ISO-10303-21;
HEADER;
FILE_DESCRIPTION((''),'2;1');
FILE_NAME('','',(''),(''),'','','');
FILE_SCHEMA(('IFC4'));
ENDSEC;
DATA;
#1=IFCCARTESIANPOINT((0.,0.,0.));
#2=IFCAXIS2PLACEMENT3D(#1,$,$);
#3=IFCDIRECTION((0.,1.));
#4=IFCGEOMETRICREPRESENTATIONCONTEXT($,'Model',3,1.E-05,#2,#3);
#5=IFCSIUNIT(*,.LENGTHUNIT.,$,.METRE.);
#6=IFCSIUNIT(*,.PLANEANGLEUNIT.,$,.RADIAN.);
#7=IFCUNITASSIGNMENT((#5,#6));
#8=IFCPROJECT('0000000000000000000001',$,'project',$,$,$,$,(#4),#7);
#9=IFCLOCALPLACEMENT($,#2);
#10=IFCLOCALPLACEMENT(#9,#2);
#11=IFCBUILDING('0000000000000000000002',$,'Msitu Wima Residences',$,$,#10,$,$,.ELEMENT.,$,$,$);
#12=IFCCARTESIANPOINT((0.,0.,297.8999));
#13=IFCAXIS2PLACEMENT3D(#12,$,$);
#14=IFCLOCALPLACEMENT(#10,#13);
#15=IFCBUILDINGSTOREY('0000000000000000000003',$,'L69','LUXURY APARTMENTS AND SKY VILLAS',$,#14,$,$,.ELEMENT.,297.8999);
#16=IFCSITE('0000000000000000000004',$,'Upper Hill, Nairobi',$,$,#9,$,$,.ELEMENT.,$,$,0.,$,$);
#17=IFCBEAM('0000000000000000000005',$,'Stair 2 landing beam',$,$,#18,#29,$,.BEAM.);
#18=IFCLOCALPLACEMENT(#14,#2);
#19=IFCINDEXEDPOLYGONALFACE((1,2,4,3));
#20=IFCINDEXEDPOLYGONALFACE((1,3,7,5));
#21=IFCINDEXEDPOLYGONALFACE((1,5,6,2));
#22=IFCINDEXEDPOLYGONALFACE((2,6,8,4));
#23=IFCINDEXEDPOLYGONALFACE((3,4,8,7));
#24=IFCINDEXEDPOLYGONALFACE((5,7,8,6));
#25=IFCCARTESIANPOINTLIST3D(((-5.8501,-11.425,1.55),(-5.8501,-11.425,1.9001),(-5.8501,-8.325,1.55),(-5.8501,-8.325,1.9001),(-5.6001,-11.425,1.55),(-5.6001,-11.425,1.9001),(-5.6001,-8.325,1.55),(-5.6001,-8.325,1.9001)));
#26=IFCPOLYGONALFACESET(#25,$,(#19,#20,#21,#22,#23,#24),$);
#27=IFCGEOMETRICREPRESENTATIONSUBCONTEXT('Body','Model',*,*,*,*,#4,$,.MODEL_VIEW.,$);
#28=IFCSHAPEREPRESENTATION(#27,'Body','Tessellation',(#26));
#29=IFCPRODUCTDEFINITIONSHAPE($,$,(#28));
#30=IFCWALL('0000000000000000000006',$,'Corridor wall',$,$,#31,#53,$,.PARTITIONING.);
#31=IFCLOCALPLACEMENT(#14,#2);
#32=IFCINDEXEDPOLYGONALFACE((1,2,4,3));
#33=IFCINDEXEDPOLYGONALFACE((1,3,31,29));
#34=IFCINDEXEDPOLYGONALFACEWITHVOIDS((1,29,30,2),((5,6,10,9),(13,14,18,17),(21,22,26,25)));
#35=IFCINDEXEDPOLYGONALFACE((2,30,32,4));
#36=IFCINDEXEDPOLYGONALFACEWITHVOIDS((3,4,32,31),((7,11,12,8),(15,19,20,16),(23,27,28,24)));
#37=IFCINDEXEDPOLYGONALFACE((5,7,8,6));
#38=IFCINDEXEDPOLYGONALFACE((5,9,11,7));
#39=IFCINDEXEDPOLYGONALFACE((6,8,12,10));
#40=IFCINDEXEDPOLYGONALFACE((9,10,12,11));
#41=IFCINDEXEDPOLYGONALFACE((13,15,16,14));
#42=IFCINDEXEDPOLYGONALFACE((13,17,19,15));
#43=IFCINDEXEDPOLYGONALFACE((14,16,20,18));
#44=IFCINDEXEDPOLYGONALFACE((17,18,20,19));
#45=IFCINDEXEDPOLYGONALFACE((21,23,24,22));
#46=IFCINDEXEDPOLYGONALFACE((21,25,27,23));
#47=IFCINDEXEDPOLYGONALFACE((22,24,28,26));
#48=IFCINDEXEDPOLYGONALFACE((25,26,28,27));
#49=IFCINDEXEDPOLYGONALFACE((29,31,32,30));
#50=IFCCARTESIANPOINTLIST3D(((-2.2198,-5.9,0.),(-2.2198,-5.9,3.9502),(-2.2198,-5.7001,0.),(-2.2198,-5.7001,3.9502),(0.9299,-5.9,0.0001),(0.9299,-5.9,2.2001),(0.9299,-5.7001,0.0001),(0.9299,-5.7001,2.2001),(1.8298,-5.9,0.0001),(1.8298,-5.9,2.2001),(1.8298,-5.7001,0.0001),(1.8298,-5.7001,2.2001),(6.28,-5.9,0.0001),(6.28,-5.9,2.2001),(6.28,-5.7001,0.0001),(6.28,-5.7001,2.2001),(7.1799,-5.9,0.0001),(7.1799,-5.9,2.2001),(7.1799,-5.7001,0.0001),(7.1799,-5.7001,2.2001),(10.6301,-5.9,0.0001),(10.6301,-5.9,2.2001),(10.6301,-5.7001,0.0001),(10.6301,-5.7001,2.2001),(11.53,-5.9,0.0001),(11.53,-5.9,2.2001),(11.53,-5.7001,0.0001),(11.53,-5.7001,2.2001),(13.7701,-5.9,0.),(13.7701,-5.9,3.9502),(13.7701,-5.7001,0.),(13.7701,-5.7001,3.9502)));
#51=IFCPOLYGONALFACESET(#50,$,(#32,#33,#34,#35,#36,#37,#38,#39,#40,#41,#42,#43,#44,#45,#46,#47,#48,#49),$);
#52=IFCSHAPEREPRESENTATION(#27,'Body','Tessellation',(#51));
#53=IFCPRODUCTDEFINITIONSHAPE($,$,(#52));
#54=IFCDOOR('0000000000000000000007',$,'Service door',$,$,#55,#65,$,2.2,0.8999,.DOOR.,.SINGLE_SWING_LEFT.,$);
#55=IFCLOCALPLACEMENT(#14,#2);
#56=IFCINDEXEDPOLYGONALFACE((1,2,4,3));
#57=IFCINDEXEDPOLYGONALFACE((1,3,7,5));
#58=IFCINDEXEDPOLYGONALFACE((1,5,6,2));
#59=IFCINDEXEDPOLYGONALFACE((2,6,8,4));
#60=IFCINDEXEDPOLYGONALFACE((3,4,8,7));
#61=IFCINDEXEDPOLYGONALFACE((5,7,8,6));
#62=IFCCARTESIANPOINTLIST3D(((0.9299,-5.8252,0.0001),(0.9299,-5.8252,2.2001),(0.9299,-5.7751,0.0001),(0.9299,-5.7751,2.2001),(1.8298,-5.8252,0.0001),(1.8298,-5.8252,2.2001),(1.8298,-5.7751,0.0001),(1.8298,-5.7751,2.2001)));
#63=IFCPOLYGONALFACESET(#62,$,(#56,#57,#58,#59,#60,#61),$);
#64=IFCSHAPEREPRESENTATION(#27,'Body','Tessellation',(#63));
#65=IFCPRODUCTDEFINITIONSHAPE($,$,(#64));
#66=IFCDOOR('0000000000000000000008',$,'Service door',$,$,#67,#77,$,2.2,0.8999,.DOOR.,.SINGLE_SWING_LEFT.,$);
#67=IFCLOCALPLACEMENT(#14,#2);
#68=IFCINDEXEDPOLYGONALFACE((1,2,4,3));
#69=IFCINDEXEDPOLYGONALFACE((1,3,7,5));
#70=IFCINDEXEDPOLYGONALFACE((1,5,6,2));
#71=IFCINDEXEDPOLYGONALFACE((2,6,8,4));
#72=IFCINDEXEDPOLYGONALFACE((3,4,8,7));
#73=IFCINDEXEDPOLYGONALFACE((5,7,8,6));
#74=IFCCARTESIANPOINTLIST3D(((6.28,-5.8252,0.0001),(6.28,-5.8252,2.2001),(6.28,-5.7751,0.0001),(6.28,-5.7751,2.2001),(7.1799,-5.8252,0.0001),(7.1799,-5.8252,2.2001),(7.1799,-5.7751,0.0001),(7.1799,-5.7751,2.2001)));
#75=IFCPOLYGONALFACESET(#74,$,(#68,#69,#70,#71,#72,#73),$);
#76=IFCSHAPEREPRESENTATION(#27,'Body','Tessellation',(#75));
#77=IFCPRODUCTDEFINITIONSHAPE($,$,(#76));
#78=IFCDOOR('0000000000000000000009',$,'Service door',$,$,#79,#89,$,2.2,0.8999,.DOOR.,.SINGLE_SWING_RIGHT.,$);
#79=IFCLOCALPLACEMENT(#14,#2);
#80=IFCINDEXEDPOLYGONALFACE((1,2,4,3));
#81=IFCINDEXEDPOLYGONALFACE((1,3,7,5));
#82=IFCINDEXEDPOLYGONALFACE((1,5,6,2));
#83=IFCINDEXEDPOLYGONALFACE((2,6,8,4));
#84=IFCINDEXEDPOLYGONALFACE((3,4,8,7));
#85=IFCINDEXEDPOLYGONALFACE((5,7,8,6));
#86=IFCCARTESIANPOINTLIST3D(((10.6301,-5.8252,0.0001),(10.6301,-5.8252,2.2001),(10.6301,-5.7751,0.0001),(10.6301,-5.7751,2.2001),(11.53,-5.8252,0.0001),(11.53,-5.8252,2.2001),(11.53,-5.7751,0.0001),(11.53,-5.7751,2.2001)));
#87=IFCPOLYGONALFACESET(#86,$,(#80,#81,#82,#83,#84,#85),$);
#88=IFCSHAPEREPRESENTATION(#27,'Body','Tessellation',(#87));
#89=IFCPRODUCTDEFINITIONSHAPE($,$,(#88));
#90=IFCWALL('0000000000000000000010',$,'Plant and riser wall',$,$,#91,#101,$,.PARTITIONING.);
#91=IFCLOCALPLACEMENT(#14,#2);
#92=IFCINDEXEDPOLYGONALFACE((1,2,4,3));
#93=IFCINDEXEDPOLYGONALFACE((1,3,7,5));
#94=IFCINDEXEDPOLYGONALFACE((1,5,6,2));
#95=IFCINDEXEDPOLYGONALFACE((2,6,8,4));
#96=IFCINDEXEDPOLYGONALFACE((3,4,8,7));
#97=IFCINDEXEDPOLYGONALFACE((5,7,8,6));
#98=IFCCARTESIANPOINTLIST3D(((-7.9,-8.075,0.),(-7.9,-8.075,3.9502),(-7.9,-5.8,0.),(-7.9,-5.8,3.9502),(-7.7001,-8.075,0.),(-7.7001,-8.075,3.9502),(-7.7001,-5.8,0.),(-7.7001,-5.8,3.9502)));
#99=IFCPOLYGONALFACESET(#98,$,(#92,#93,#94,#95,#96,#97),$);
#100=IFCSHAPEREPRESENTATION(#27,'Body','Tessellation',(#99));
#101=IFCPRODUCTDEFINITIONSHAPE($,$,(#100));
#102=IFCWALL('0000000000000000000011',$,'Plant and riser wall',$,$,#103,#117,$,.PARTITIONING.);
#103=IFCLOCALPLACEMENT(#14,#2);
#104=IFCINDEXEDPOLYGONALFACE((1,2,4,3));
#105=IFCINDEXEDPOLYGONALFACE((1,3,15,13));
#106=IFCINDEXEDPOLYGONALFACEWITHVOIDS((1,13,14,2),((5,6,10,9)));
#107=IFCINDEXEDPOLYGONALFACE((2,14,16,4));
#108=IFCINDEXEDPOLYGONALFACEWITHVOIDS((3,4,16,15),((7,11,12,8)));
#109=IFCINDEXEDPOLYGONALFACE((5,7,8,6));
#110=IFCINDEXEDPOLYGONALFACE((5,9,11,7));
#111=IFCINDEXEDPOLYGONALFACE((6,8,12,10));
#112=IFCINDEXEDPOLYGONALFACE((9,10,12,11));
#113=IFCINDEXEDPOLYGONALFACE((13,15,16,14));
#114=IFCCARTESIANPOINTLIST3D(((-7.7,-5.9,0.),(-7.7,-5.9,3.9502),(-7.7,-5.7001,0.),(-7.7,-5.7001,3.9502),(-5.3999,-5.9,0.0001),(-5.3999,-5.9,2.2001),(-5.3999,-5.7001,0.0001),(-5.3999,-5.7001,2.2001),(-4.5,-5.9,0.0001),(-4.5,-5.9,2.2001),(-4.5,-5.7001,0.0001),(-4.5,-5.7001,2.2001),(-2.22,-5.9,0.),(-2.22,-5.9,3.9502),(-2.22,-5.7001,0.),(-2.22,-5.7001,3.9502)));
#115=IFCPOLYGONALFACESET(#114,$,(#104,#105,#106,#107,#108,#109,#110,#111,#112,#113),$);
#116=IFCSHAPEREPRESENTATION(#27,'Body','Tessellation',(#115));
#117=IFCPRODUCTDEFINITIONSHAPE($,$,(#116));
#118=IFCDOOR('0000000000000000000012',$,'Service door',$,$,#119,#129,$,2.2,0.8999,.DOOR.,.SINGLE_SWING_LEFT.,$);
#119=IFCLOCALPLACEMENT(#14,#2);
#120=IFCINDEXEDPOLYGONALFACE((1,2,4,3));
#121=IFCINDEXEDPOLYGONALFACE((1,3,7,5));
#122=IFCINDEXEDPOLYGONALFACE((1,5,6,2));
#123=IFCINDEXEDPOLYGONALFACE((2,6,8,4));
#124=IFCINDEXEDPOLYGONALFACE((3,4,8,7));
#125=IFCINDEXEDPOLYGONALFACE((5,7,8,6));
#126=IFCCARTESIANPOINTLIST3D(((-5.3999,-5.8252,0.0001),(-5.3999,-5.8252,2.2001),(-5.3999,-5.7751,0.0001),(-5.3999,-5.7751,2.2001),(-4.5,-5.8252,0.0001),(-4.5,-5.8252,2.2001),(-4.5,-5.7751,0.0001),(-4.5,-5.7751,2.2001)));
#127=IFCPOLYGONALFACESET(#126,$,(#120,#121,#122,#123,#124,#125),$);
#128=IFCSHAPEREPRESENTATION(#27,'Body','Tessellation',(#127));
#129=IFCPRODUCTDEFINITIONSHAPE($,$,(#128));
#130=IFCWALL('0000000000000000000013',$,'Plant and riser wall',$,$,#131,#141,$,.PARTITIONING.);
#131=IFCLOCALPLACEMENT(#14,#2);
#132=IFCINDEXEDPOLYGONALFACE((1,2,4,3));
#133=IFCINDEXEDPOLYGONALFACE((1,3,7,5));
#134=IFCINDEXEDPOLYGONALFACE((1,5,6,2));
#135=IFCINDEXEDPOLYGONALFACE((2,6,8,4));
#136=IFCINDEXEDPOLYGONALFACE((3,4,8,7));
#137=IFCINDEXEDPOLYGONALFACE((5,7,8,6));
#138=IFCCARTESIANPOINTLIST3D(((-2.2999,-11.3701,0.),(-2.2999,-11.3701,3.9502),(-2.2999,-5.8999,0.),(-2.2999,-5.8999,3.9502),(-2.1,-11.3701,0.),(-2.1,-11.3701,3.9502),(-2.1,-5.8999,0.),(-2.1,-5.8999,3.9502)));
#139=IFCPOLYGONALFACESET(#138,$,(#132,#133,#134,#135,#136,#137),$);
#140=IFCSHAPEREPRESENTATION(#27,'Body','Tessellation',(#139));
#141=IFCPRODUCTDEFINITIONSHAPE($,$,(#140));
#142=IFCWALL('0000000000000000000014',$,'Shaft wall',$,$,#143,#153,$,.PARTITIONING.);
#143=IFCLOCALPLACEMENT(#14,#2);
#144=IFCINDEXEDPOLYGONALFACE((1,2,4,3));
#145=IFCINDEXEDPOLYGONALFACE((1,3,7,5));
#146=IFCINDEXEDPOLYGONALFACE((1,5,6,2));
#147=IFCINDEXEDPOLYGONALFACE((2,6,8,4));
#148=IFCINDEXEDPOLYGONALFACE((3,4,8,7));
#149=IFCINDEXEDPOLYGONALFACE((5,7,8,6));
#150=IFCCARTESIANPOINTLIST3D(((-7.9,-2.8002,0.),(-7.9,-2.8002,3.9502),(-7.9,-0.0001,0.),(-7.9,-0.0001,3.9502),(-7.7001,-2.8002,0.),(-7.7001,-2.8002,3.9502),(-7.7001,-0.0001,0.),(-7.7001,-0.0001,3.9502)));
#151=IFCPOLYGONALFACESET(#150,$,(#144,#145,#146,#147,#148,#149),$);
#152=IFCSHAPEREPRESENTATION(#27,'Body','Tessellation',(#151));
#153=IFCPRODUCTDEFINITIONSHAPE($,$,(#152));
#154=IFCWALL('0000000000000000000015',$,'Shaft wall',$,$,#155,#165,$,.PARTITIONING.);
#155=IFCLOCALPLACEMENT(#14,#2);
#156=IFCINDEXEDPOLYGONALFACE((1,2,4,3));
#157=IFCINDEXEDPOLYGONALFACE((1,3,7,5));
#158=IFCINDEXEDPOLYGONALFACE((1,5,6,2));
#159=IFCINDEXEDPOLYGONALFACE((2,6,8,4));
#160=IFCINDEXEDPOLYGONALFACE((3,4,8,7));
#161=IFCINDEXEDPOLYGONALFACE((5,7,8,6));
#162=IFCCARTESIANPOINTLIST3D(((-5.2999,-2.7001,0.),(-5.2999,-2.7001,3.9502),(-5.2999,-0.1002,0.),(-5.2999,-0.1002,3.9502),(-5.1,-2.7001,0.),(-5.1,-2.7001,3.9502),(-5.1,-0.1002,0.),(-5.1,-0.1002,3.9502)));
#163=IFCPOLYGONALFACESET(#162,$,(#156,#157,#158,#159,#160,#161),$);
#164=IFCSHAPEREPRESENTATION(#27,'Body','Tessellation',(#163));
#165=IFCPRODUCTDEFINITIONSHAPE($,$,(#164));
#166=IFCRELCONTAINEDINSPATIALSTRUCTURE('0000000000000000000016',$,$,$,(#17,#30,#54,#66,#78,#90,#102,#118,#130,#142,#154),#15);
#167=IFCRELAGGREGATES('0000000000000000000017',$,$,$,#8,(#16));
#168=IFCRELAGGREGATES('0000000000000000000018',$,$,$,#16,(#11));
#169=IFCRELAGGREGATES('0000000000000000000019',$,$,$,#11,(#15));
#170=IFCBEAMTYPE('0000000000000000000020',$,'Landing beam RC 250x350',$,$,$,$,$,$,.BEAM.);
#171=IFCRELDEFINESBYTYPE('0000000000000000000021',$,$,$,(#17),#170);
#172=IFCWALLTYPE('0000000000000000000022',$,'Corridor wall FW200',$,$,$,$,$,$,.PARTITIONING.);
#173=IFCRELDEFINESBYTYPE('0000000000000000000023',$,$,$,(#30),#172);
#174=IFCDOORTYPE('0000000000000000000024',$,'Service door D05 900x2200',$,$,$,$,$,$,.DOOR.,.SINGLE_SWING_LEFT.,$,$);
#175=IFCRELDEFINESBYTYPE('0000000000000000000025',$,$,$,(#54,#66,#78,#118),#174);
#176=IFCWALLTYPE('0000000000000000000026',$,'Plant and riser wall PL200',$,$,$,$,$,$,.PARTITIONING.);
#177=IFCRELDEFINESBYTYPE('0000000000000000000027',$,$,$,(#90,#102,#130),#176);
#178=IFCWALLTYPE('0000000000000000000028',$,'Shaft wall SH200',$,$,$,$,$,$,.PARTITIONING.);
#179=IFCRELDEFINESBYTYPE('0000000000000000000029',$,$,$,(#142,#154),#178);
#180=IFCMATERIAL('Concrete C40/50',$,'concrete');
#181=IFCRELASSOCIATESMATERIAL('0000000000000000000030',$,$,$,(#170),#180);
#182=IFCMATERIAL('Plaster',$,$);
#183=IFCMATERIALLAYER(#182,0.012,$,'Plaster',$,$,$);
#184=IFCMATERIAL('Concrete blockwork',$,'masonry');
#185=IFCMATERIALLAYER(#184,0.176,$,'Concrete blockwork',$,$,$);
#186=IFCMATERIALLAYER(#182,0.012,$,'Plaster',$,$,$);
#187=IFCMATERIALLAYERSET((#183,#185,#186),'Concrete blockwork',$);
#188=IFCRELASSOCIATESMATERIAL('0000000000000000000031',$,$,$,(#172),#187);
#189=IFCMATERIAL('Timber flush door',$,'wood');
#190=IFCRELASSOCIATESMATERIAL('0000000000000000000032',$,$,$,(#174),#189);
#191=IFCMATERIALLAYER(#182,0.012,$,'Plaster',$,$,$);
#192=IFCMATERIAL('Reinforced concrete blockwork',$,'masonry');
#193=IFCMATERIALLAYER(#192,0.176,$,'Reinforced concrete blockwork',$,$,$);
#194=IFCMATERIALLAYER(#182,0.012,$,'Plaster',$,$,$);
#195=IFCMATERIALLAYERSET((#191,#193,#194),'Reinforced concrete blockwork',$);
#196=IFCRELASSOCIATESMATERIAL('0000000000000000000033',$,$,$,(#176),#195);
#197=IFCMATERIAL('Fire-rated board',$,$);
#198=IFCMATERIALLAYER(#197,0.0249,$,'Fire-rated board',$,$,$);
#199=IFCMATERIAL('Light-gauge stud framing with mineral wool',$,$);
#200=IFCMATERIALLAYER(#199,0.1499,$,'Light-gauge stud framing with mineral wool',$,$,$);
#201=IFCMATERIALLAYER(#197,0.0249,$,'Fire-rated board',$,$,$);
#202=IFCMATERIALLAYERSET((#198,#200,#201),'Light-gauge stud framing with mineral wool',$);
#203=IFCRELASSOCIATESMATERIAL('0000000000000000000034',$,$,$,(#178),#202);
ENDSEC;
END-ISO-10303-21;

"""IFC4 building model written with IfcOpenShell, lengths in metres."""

from ifc_helpers import new_model, si_unit, direction, frame, frame_2d, origin, origin_2d, place, context, subcontext, project, spatial, rectangle, extrude, material, layer, layer_set, material_profile, profile_set, type_object, element, fill, save


model = new_model("IFC4")

# Units and contexts
model_context = context("Model", 3, precision=1e-05, world=origin(), true_north=direction((0.0, 1.0)))
body_context = subcontext(model_context, "Body", "Model", "MODEL_VIEW")
ifc_project = project(units=[si_unit("LENGTHUNIT", "METRE"), si_unit("PLANEANGLEUNIT", "RADIAN")], contexts=[model_context])

# Site, building, storey
site_placement = place(None, origin())
site = spatial("IfcSite", under=ifc_project, at=site_placement, Name="Upper Hill, Nairobi", CompositionType="ELEMENT", RefElevation=0.0)
building_placement = place(site_placement, origin())
building = spatial("IfcBuilding", under=site, at=building_placement, Name="Msitu Wima Residences", CompositionType="ELEMENT")
storey_placement = place(building_placement, frame((0.0, 0.0, 297.8999)))
storey = spatial("IfcBuildingStorey", under=building, at=storey_placement, Name="L69", Description="LUXURY APARTMENTS AND SKY VILLAS", CompositionType="ELEMENT", Elevation=297.8999)

# Beam
ifc_material_1 = material(Name="Concrete C40/50", Category="concrete")
ifc_material_profile = material_profile(ifc_material_1, rectangle(XDim=0.25, YDim=0.3501, at=origin_2d()), Name="RC 250x350")
ifc_profile_set = profile_set([ifc_material_profile], Name="Concrete C40/50")
beam_type = type_object("IfcBeamType", Name="Landing beam RC 250x350", PredefinedType="BEAM", material=ifc_profile_set)
beam_placement = place(storey_placement, frame((-5.7251, -11.425, 1.7251), z_axis=(0.0, 1.0, 0.0), x_axis=(-1.0, 0.0, 0.0)))
element("IfcBeam", 1, at=beam_placement, inside=storey, type_object=beam_type, Name="Stair 2 landing beam", PredefinedType="BEAM", context=body_context, shape_type="SweptSolid", body=[
    extrude(rectangle(XDim=0.25, YDim=0.3501, at=origin_2d()), origin(), (0.0, 0.0, 1.0), 3.1001),
])

# Shared definitions
ifc_material_2 = material(Name="Plaster")
ifc_layer_1 = layer(ifc_material_2, 0.012, Name="Plaster")
ifc_material_3 = material(Name="Concrete blockwork", Category="masonry")
ifc_layer_2 = layer(ifc_material_3, 0.176, Name="Concrete blockwork")
ifc_layer_3 = layer(ifc_material_2, 0.012, Name="Plaster")
ifc_layer_set_1 = layer_set([ifc_layer_1, ifc_layer_2, ifc_layer_3], Name="Concrete blockwork")
wall_type_1 = type_object("IfcWallType", Name="Corridor wall FW200", PredefinedType="PARTITIONING", material=ifc_layer_set_1)

# Wall, openings, doors
wall_1_placement = place(storey_placement, frame((-2.22, -5.8, 0.0), z_axis=(0.0, 0.0, 1.0), x_axis=(1.0, 0.0, 0.0)))
wall_1 = element("IfcWall", 2, at=wall_1_placement, inside=storey, type_object=wall_type_1, Name="Corridor wall", PredefinedType="PARTITIONING", context=body_context, shape_type="SweptSolid", body=[
    extrude(rectangle(XDim=15.99, YDim=0.2, at=frame_2d((7.9951, 0.0))), origin(), (0.0, 0.0, 1.0), 3.9502),
])
opening_1_placement = place(wall_1_placement, frame((3.1499, 0.0, 0.0)))
opening_1 = element("IfcOpeningElement", 3, at=opening_1_placement, cuts=wall_1, PredefinedType="OPENING", context=body_context, shape_type="SweptSolid", body=[
    extrude(rectangle(XDim=0.8999, YDim=2.2, at=frame_2d((0.45, 1.1001))), frame((0.0, 0.1099, 0.0), z_axis=(0.0, -1.0, 0.0), x_axis=(1.0, 0.0, 0.0)), (0.0, 0.0, 1.0), 0.22),
])
opening_2_placement = place(wall_1_placement, frame((8.5, 0.0, 0.0)))
opening_2 = element("IfcOpeningElement", 4, at=opening_2_placement, cuts=wall_1, PredefinedType="OPENING", context=body_context, shape_type="SweptSolid", body=[
    extrude(rectangle(XDim=0.8999, YDim=2.2, at=frame_2d((0.45, 1.1001))), frame((0.0, 0.1099, 0.0), z_axis=(0.0, -1.0, 0.0), x_axis=(1.0, 0.0, 0.0)), (0.0, 0.0, 1.0), 0.22),
])
opening_3_placement = place(wall_1_placement, frame((12.8501, 0.0, 0.0)))
opening_3 = element("IfcOpeningElement", 5, at=opening_3_placement, cuts=wall_1, PredefinedType="OPENING", context=body_context, shape_type="SweptSolid", body=[
    extrude(rectangle(XDim=0.8999, YDim=2.2, at=frame_2d((0.45, 1.1001))), frame((0.0, 0.1099, 0.0), z_axis=(0.0, -1.0, 0.0), x_axis=(1.0, 0.0, 0.0)), (0.0, 0.0, 1.0), 0.22),
])
ifc_material_4 = material(Name="Timber flush door", Category="wood")
door_type_1 = type_object("IfcDoorType", Name="Service door D05 900x2200", OperationType="SINGLE_SWING_LEFT", PredefinedType="DOOR", material=ifc_material_4)
door_1_placement = place(opening_1_placement, origin())
door_1 = element("IfcDoor", 6, at=door_1_placement, inside=storey, type_object=door_type_1, Name="Service door", OperationType="SINGLE_SWING_LEFT", OverallHeight=2.2, OverallWidth=0.8999, PredefinedType="DOOR", context=body_context, shape_type="SweptSolid", body=[
    extrude(rectangle(XDim=0.8999, YDim=2.2, at=frame_2d((0.45, 1.1001))), frame((0.0, 0.0249, 0.0), z_axis=(0.0, -1.0, 0.0), x_axis=(1.0, 0.0, 0.0)), (0.0, 0.0, 1.0), 0.05),
])
fill(opening_1, door_1)
door_2_placement = place(opening_2_placement, origin())
door_2 = element("IfcDoor", 7, at=door_2_placement, inside=storey, type_object=door_type_1, Name="Service door", OperationType="SINGLE_SWING_LEFT", OverallHeight=2.2, OverallWidth=0.8999, PredefinedType="DOOR", context=body_context, shape_type="SweptSolid", body=[
    extrude(rectangle(XDim=0.8999, YDim=2.2, at=frame_2d((0.45, 1.1001))), frame((0.0, 0.0249, 0.0), z_axis=(0.0, -1.0, 0.0), x_axis=(1.0, 0.0, 0.0)), (0.0, 0.0, 1.0), 0.05),
])
fill(opening_2, door_2)
door_3_placement = place(opening_3_placement, origin())
door_3 = element("IfcDoor", 8, at=door_3_placement, inside=storey, type_object=door_type_1, Name="Service door", OperationType="SINGLE_SWING_RIGHT", OverallHeight=2.2, OverallWidth=0.8999, PredefinedType="DOOR", context=body_context, shape_type="SweptSolid", body=[
    extrude(rectangle(XDim=0.8999, YDim=2.2, at=frame_2d((0.45, 1.1001))), frame((0.0, 0.0249, 0.0), z_axis=(0.0, -1.0, 0.0), x_axis=(1.0, 0.0, 0.0)), (0.0, 0.0, 1.0), 0.05),
])
fill(opening_3, door_3)

# Wall
ifc_layer_4 = layer(ifc_material_2, 0.012, Name="Plaster")
ifc_material_5 = material(Name="Reinforced concrete blockwork", Category="masonry")
ifc_layer_5 = layer(ifc_material_5, 0.176, Name="Reinforced concrete blockwork")
ifc_layer_6 = layer(ifc_material_2, 0.012, Name="Plaster")
ifc_layer_set_2 = layer_set([ifc_layer_4, ifc_layer_5, ifc_layer_6], Name="Reinforced concrete blockwork")
wall_type_2 = type_object("IfcWallType", Name="Plant and riser wall PL200", PredefinedType="PARTITIONING", material=ifc_layer_set_2)
wall_2_placement = place(storey_placement, frame((-7.8, -8.075, 0.0), z_axis=(0.0, 0.0, 1.0), x_axis=(0.0, 1.0, 0.0)))
element("IfcWall", 9, at=wall_2_placement, inside=storey, type_object=wall_type_2, Name="Plant and riser wall", PredefinedType="PARTITIONING", context=body_context, shape_type="SweptSolid", body=[
    extrude(rectangle(XDim=2.2749, YDim=0.2, at=frame_2d((1.1375, 0.0))), origin(), (0.0, 0.0, 1.0), 3.9502),
])

# Wall, opening, door
wall_3_placement = place(storey_placement, frame((-7.7, -5.8, 0.0), z_axis=(0.0, 0.0, 1.0), x_axis=(1.0, 0.0, 0.0)))
wall_3 = element("IfcWall", 10, at=wall_3_placement, inside=storey, type_object=wall_type_2, Name="Plant and riser wall", PredefinedType="PARTITIONING", context=body_context, shape_type="SweptSolid", body=[
    extrude(rectangle(XDim=5.48, YDim=0.2, at=frame_2d((2.74, 0.0))), origin(), (0.0, 0.0, 1.0), 3.9502),
])
opening_4_placement = place(wall_3_placement, frame((2.3, 0.0, 0.0)))
opening_4 = element("IfcOpeningElement", 11, at=opening_4_placement, cuts=wall_3, PredefinedType="OPENING", context=body_context, shape_type="SweptSolid", body=[
    extrude(rectangle(XDim=0.8999, YDim=2.2, at=frame_2d((0.45, 1.1001))), frame((0.0, 0.1099, 0.0), z_axis=(0.0, -1.0, 0.0), x_axis=(1.0, 0.0, 0.0)), (0.0, 0.0, 1.0), 0.22),
])
door_4_placement = place(opening_4_placement, origin())
door_4 = element("IfcDoor", 12, at=door_4_placement, inside=storey, type_object=door_type_1, Name="Service door", OperationType="SINGLE_SWING_LEFT", OverallHeight=2.2, OverallWidth=0.8999, PredefinedType="DOOR", context=body_context, shape_type="SweptSolid", body=[
    extrude(rectangle(XDim=0.8999, YDim=2.2, at=frame_2d((0.45, 1.1001))), frame((0.0, 0.0249, 0.0), z_axis=(0.0, -1.0, 0.0), x_axis=(1.0, 0.0, 0.0)), (0.0, 0.0, 1.0), 0.05),
])
fill(opening_4, door_4)

# Walls
wall_4_placement = place(storey_placement, frame((-2.2, -11.3701, 0.0), z_axis=(0.0, 0.0, 1.0), x_axis=(0.0, 1.0, 0.0)))
element("IfcWall", 13, at=wall_4_placement, inside=storey, type_object=wall_type_2, Name="Plant and riser wall", PredefinedType="PARTITIONING", context=body_context, shape_type="SweptSolid", body=[
    extrude(rectangle(XDim=5.4702, YDim=0.2, at=frame_2d((2.7351, 0.0))), origin(), (0.0, 0.0, 1.0), 3.9502),
])
ifc_material_6 = material(Name="Fire-rated board")
ifc_layer_7 = layer(ifc_material_6, 0.0249, Name="Fire-rated board")
ifc_material_7 = material(Name="Light-gauge stud framing with mineral wool")
ifc_layer_8 = layer(ifc_material_7, 0.1499, Name="Light-gauge stud framing with mineral wool")
ifc_layer_9 = layer(ifc_material_6, 0.0249, Name="Fire-rated board")
ifc_layer_set_3 = layer_set([ifc_layer_7, ifc_layer_8, ifc_layer_9], Name="Light-gauge stud framing with mineral wool")
wall_type_3 = type_object("IfcWallType", Name="Shaft wall SH200", PredefinedType="PARTITIONING", material=ifc_layer_set_3)
wall_5_placement = place(storey_placement, frame((-7.8, -2.8, 0.0), z_axis=(0.0, 0.0, 1.0), x_axis=(0.0, 1.0, 0.0)))
element("IfcWall", 14, at=wall_5_placement, inside=storey, type_object=wall_type_3, Name="Shaft wall", PredefinedType="PARTITIONING", context=body_context, shape_type="SweptSolid", body=[
    extrude(rectangle(XDim=2.8, YDim=0.2, at=frame_2d((1.3999, 0.0))), origin(), (0.0, 0.0, 1.0), 3.9502),
])
for number, where, z_axis, x_axis, name in (
    (15, (-5.2, -2.7, 0.0), (0.0, 0.0, 1.0), (0.0, 1.0, 0.0), "Shaft wall"),
):
    element("IfcWall", number, at=place(storey_placement, frame(where, z_axis=z_axis, x_axis=x_axis)), inside=storey, type_object=wall_type_3, Name=name, PredefinedType="PARTITIONING", context=body_context, shape_type="SweptSolid", body=[
        extrude(rectangle(XDim=2.5999, YDim=0.2, at=frame_2d((1.2998, 0.0))), origin(), (0.0, 0.0, 1.0), 3.9502),
    ])

save(model, "model.ifc")
